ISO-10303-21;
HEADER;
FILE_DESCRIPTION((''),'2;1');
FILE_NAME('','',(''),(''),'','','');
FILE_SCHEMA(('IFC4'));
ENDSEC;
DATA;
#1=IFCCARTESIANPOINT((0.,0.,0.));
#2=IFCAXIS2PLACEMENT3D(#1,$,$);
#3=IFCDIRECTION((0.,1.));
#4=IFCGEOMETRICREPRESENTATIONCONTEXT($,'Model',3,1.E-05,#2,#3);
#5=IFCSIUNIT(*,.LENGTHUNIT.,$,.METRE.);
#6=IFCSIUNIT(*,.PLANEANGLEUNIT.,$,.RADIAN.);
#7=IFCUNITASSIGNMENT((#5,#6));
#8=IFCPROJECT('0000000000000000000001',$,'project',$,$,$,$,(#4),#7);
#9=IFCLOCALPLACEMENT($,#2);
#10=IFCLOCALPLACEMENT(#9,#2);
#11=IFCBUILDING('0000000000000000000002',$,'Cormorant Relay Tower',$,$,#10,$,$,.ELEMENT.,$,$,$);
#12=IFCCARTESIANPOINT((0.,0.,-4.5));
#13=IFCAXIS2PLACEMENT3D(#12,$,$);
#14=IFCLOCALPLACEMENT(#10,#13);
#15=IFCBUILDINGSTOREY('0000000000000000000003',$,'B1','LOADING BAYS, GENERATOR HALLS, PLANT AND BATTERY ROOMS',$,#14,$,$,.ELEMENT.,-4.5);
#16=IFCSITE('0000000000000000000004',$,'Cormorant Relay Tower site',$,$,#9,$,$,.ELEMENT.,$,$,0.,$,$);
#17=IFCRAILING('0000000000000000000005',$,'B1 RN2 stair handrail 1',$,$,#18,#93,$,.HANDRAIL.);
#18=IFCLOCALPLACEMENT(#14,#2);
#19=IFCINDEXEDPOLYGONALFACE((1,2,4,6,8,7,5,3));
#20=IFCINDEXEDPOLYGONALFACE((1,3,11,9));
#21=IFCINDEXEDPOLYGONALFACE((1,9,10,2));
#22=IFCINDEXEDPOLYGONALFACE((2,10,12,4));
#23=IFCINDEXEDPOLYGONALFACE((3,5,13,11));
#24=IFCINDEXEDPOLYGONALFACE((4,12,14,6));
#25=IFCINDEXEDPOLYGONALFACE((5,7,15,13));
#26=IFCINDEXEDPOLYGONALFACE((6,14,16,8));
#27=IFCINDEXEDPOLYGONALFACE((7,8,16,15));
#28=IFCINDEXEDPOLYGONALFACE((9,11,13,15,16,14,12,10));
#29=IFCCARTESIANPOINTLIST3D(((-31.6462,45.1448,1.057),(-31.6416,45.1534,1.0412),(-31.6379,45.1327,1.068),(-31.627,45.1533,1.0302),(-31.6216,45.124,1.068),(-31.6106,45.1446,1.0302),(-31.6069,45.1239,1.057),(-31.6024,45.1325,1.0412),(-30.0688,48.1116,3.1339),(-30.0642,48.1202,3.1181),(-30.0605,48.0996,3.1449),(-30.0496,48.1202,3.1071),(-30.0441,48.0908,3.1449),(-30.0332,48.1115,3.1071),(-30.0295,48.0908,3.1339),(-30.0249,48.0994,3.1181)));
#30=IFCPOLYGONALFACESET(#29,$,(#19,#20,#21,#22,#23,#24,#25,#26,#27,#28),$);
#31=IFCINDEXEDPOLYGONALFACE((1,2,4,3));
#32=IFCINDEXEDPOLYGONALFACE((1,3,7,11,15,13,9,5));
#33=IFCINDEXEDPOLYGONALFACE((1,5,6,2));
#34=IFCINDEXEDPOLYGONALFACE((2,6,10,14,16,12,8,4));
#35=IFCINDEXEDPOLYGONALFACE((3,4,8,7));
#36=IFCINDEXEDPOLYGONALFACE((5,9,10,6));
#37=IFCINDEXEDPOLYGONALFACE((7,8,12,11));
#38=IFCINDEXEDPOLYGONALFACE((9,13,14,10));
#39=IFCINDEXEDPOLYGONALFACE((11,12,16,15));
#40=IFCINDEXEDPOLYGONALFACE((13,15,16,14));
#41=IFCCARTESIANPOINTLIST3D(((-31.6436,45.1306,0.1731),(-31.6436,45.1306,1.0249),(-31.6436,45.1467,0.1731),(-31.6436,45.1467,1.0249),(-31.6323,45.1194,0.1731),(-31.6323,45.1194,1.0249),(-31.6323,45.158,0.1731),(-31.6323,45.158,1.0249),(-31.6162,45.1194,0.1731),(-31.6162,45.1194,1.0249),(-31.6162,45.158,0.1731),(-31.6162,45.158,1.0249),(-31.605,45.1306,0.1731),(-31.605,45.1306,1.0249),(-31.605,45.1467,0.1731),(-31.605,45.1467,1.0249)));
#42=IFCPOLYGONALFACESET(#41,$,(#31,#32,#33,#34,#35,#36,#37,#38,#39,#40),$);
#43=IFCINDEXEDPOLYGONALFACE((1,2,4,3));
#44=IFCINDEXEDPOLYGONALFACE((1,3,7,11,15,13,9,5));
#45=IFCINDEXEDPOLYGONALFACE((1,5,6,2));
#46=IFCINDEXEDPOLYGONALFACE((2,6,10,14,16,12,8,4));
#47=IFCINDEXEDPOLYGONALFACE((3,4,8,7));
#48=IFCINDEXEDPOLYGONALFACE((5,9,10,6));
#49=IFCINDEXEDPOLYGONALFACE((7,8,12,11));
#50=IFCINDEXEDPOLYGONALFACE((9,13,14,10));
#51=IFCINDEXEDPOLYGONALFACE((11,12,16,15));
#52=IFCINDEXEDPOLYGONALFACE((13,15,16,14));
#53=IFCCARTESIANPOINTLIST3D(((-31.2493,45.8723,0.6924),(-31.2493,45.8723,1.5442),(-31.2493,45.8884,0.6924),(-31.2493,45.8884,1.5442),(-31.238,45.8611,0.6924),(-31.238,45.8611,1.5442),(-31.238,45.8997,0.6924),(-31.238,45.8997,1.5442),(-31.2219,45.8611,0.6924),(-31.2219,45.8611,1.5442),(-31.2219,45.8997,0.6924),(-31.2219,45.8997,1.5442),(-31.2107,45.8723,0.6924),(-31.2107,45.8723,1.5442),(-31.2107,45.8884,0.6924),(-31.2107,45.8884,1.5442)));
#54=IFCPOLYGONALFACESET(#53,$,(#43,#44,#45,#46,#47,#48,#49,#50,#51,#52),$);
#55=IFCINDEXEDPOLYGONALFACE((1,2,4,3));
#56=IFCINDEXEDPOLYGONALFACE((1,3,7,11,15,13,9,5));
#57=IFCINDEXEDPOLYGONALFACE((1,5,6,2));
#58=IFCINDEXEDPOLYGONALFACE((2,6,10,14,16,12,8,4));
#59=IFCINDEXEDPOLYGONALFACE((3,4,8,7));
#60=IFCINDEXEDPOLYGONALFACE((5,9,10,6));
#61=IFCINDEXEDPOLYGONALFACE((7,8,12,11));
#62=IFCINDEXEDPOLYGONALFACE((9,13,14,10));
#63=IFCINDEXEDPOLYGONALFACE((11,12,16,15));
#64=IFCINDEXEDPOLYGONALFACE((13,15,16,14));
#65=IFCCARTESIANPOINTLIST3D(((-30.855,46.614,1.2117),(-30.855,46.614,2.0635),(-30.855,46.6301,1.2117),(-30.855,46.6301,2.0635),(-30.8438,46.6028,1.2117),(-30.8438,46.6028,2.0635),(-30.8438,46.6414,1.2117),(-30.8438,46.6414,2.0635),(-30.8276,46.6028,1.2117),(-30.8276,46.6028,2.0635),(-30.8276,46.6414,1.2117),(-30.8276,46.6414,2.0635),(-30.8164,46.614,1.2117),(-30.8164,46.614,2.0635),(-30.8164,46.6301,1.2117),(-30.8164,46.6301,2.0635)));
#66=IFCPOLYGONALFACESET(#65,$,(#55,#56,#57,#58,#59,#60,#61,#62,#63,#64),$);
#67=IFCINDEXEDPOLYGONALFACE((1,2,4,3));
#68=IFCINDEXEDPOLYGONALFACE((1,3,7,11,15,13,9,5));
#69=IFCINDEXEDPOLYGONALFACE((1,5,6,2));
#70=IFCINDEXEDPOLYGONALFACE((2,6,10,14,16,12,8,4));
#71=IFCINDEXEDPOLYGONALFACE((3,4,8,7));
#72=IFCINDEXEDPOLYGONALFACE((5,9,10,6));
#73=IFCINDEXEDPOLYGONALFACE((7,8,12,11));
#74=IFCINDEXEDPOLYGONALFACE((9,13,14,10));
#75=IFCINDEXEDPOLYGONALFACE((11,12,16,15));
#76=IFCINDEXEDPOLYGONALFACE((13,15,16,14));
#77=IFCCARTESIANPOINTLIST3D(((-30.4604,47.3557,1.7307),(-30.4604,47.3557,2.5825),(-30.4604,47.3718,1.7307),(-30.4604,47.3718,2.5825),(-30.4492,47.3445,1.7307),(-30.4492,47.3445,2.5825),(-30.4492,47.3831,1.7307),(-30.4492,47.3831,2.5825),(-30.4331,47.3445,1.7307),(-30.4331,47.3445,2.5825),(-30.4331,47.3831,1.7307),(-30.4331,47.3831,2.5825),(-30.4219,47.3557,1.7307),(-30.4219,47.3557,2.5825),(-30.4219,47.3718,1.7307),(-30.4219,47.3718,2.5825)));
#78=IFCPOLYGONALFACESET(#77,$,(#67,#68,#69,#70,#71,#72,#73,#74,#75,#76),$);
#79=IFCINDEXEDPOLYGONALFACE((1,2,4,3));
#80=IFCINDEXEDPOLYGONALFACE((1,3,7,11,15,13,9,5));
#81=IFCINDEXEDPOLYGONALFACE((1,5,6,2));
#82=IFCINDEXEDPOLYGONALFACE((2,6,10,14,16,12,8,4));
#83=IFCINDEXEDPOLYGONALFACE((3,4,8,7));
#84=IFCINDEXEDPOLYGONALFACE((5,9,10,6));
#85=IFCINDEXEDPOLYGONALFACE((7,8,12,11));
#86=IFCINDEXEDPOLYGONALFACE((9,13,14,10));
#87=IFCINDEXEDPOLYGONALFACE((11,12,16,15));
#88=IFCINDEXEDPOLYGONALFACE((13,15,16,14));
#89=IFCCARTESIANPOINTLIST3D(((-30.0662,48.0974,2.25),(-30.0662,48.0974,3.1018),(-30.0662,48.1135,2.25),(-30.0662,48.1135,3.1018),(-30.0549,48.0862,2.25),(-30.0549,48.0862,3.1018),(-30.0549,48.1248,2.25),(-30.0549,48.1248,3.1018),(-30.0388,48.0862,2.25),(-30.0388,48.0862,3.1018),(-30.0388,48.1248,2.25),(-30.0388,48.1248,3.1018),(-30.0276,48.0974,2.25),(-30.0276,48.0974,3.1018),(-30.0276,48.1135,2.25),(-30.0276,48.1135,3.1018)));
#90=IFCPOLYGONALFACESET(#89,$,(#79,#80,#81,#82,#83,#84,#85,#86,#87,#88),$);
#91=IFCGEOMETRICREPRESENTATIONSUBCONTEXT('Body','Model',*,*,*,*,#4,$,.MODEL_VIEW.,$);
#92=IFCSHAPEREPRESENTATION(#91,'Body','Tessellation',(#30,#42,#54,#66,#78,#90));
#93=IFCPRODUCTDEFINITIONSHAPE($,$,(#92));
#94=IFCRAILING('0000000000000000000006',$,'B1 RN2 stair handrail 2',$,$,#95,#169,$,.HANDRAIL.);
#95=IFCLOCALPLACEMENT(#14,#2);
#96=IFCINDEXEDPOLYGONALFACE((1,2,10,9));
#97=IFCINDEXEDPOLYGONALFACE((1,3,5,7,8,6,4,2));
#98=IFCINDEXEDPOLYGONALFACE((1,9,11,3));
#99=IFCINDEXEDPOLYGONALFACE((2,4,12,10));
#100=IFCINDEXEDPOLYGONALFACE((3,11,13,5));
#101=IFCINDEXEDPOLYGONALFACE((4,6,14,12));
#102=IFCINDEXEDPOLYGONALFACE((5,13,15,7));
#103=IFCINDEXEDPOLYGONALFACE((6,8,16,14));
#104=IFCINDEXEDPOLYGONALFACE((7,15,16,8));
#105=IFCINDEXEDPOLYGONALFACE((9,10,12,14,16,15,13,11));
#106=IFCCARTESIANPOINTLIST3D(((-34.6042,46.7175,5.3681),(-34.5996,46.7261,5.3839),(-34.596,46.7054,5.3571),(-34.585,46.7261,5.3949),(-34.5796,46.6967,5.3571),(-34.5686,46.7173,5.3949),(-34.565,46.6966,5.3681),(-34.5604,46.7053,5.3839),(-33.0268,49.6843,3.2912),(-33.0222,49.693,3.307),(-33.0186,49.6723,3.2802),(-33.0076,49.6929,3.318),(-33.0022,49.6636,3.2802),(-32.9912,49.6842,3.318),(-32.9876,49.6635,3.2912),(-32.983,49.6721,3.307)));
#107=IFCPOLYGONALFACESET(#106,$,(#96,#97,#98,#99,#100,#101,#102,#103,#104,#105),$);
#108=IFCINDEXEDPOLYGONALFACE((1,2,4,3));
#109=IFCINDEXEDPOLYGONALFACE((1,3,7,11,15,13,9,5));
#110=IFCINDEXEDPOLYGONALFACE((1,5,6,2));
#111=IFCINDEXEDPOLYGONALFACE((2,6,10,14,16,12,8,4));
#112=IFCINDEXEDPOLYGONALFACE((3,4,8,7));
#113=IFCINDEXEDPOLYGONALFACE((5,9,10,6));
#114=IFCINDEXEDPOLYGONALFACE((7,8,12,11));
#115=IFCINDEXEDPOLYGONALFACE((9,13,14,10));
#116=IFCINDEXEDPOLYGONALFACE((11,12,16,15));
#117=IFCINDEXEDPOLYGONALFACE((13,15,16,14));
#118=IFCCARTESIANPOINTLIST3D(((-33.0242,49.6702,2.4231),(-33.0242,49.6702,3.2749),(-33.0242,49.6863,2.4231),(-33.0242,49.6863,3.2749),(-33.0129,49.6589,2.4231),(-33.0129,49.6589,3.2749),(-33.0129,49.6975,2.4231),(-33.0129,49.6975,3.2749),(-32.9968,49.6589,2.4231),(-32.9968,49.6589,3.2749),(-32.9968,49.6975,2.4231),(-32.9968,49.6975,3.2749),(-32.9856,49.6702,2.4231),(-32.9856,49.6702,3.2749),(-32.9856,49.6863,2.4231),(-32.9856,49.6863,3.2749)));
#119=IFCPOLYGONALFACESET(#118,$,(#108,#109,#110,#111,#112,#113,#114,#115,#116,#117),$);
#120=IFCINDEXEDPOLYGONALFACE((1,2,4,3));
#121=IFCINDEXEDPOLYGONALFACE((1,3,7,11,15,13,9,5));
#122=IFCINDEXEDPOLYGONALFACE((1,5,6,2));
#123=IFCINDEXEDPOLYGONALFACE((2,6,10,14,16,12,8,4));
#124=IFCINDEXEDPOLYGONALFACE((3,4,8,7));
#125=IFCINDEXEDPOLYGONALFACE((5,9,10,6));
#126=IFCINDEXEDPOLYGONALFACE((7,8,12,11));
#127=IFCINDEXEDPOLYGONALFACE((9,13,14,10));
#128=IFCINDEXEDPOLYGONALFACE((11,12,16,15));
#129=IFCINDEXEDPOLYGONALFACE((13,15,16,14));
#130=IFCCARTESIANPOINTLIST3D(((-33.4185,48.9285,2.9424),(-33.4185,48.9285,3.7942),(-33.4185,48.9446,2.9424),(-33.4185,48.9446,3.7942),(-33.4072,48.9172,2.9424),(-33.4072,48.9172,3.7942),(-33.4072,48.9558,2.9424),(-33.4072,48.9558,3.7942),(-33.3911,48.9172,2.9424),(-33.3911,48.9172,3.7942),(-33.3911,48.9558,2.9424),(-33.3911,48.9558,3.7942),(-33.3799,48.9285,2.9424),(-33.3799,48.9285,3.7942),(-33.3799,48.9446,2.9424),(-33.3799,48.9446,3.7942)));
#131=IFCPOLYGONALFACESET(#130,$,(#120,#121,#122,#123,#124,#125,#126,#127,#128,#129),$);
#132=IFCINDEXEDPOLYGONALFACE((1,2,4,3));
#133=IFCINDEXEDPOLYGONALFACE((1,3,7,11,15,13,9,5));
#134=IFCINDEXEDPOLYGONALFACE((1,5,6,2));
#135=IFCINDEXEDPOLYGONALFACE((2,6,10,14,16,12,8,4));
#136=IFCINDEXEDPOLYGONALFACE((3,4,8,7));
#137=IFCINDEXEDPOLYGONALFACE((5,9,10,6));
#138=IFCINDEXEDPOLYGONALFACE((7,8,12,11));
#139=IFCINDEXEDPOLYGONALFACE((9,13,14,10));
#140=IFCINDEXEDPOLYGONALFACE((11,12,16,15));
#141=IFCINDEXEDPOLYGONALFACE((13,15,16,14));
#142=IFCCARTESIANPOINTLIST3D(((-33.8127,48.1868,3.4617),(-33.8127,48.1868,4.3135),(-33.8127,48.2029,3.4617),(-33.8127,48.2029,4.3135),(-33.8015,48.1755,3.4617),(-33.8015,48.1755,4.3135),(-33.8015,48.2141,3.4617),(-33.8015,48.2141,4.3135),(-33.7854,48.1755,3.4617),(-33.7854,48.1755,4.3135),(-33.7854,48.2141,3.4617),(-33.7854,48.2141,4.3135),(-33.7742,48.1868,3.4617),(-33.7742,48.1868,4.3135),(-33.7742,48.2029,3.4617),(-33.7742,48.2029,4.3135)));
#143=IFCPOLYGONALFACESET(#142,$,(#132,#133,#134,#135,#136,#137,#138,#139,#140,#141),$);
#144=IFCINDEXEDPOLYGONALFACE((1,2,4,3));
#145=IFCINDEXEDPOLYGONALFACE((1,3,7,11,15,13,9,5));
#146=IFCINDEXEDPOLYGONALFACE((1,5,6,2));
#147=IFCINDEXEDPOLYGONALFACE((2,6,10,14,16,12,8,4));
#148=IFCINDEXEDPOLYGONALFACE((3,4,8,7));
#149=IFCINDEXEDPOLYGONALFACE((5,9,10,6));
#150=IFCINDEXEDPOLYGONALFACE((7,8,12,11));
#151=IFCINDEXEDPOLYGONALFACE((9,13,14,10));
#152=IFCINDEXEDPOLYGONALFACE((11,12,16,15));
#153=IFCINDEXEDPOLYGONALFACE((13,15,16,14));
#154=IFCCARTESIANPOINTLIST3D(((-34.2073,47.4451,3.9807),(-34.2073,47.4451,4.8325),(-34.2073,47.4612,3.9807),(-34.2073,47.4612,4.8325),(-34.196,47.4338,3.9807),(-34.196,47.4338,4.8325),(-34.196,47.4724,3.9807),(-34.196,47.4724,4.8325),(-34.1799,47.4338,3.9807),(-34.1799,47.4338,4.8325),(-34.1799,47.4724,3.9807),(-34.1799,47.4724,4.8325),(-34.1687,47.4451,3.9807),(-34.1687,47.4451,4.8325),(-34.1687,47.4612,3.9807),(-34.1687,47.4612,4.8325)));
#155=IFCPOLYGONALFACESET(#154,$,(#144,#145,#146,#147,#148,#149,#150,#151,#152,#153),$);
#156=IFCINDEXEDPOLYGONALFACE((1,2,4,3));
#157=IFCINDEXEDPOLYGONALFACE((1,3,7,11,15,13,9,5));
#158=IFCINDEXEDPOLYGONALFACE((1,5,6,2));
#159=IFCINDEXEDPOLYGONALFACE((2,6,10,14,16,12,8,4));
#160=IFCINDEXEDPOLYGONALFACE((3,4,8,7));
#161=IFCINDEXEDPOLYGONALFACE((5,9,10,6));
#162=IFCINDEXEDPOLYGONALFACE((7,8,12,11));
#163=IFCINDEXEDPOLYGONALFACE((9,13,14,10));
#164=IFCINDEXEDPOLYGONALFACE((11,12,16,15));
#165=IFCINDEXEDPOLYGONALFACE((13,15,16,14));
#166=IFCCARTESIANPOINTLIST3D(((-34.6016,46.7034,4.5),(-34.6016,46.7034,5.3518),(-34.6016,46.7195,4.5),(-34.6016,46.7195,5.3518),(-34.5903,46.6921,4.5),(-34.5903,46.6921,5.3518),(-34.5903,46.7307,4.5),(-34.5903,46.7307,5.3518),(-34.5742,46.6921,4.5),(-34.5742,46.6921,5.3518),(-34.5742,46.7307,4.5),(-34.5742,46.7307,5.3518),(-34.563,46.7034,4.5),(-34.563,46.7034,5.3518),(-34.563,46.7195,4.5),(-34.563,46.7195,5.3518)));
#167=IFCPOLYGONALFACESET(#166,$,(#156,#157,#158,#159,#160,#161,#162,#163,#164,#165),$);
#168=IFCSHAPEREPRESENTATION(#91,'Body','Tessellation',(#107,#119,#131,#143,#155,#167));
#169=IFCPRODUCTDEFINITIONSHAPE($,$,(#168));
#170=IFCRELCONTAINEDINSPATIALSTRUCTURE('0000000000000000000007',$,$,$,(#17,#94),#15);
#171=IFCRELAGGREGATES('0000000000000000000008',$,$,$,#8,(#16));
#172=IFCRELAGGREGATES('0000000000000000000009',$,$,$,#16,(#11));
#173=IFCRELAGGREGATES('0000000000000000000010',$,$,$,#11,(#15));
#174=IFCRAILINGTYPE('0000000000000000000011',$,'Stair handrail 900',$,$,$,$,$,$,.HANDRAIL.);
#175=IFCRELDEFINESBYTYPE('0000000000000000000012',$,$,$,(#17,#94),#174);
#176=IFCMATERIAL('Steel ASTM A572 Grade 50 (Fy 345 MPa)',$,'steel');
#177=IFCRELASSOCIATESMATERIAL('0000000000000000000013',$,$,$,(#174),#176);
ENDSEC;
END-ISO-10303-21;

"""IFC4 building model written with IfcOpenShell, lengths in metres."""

from ifc_helpers import new_model, si_unit, direction, frame, origin, place, context, subcontext, project, spatial, polyline, outline, extrude, material, type_object, element, save


model = new_model("IFC4")

# Units and contexts
model_context = context("Model", 3, precision=1e-05, world=origin(), true_north=direction((0.0, 1.0)))
body_context = subcontext(model_context, "Body", "Model", "MODEL_VIEW")
ifc_project = project(units=[si_unit("LENGTHUNIT", "METRE"), si_unit("PLANEANGLEUNIT", "RADIAN")], contexts=[model_context])

# Site, building, storey
site_placement = place(None, origin())
site = spatial("IfcSite", under=ifc_project, at=site_placement, Name="Cormorant Relay Tower site", CompositionType="ELEMENT", RefElevation=0.0)
building_placement = place(site_placement, origin())
building = spatial("IfcBuilding", under=site, at=building_placement, Name="Cormorant Relay Tower", CompositionType="ELEMENT")
storey_placement = place(building_placement, frame((0.0, 0.0, -4.5)))
storey = spatial("IfcBuildingStorey", under=building, at=storey_placement, Name="B1", Description="LOADING BAYS, GENERATOR HALLS, PLANT AND BATTERY ROOMS", CompositionType="ELEMENT", Elevation=-4.5)

# Railings
ifc_material_1 = material(Name="Steel ASTM A572 Grade 50 (Fy 345 MPa)", Category="steel")
railing_type_1 = type_object("IfcRailingType", Name="Stair handrail 900", PredefinedType="HANDRAIL", material=ifc_material_1)
railing_1_placement = place(storey_placement, frame((-31.6243, 45.1387, 0.1731)))
element("IfcRailing", 1, at=railing_1_placement, inside=storey, type_object=railing_type_1, Name="B1 RN2 stair handrail 1", PredefinedType="HANDRAIL", context=body_context, shape_type="SweptSolid", body=[
    extrude(outline(polyline([(0.0222, 0.0093), (0.0093, 0.0222), (-0.0093, 0.0222), (-0.0222, 0.0093), (-0.0222, -0.0093), (-0.0093, -0.0222), (0.0093, -0.0222), (0.0222, -0.0093), (0.0222, 0.0093)])), frame((0.0, 0.0, 0.876), z_axis=(0.399326, 0.751062, 0.52578), x_axis=(-0.882958, 0.469453, 0.0)), (0.0, 0.0, 1.0), 3.9502),
    extrude(outline(polyline([(0.0193, 0.0081), (0.0081, 0.0193), (-0.0081, 0.0193), (-0.0193, 0.0081), (-0.0193, -0.0081), (-0.0081, -0.0193), (0.0081, -0.0193), (0.0193, -0.0081), (0.0193, 0.0081)])), origin(), (0.0, 0.0, 1.0), 0.8518),
    extrude(outline(polyline([(0.0193, 0.0081), (0.0081, 0.0193), (-0.0081, 0.0193), (-0.0193, 0.0081), (-0.0193, -0.0081), (-0.0081, -0.0193), (0.0081, -0.0193), (0.0193, -0.0081), (0.0193, 0.0081)])), frame((0.3943, 0.7417, 0.5193)), (0.0, 0.0, 1.0), 0.8518),
    extrude(outline(polyline([(0.0193, 0.0081), (0.0081, 0.0193), (-0.0081, 0.0193), (-0.0193, 0.0081), (-0.0193, -0.0081), (-0.0081, -0.0193), (0.0081, -0.0193), (0.0193, -0.0081), (0.0193, 0.0081)])), frame((0.7886, 1.4834, 1.0386)), (0.0, 0.0, 1.0), 0.8518),
    extrude(outline(polyline([(0.0193, 0.0081), (0.0081, 0.0193), (-0.0081, 0.0193), (-0.0193, 0.0081), (-0.0193, -0.0081), (-0.0081, -0.0193), (0.0081, -0.0193), (0.0193, -0.0081), (0.0193, 0.0081)])), frame((1.1831, 2.2251, 1.5576)), (0.0, 0.0, 1.0), 0.8518),
    extrude(outline(polyline([(0.0193, 0.0081), (0.0081, 0.0193), (-0.0081, 0.0193), (-0.0193, 0.0081), (-0.0193, -0.0081), (-0.0081, -0.0193), (0.0081, -0.0193), (0.0193, -0.0081), (0.0193, 0.0081)])), frame((1.5774, 2.9668, 2.0769)), (0.0, 0.0, 1.0), 0.8518),
])
railing_2_placement = place(storey_placement, frame((-33.0049, 49.6782, 2.4231)))
element("IfcRailing", 2, at=railing_2_placement, inside=storey, type_object=railing_type_1, Name="B1 RN2 stair handrail 2", PredefinedType="HANDRAIL", context=body_context, shape_type="SweptSolid", body=[
    extrude(outline(polyline([(0.0222, 0.0093), (0.0093, 0.0222), (-0.0093, 0.0222), (-0.0222, 0.0093), (-0.0222, -0.0093), (-0.0093, -0.0222), (0.0093, -0.0222), (0.0222, -0.0093), (0.0222, 0.0093)])), frame((0.0, 0.0, 0.876), z_axis=(-0.399326, -0.751062, 0.52578), x_axis=(0.882958, -0.469453, 0.0)), (0.0, 0.0, 1.0), 3.9502),
    extrude(outline(polyline([(0.0193, 0.0081), (0.0081, 0.0193), (-0.0081, 0.0193), (-0.0193, 0.0081), (-0.0193, -0.0081), (-0.0081, -0.0193), (0.0081, -0.0193), (0.0193, -0.0081), (0.0193, 0.0081)])), origin(), (0.0, 0.0, 1.0), 0.8518),
    extrude(outline(polyline([(0.0193, 0.0081), (0.0081, 0.0193), (-0.0081, 0.0193), (-0.0193, 0.0081), (-0.0193, -0.0081), (-0.0081, -0.0193), (0.0081, -0.0193), (0.0193, -0.0081), (0.0193, 0.0081)])), frame((-0.3943, -0.7417, 0.5193)), (0.0, 0.0, 1.0), 0.8518),
    extrude(outline(polyline([(0.0193, 0.0081), (0.0081, 0.0193), (-0.0081, 0.0193), (-0.0193, 0.0081), (-0.0193, -0.0081), (-0.0081, -0.0193), (0.0081, -0.0193), (0.0193, -0.0081), (0.0193, 0.0081)])), frame((-0.7886, -1.4834, 1.0386)), (0.0, 0.0, 1.0), 0.8518),
    extrude(outline(polyline([(0.0193, 0.0081), (0.0081, 0.0193), (-0.0081, 0.0193), (-0.0193, 0.0081), (-0.0193, -0.0081), (-0.0081, -0.0193), (0.0081, -0.0193), (0.0193, -0.0081), (0.0193, 0.0081)])), frame((-1.1831, -2.2251, 1.5576)), (0.0, 0.0, 1.0), 0.8518),
    extrude(outline(polyline([(0.0193, 0.0081), (0.0081, 0.0193), (-0.0081, 0.0193), (-0.0193, 0.0081), (-0.0193, -0.0081), (-0.0081, -0.0193), (0.0081, -0.0193), (0.0193, -0.0081), (0.0193, 0.0081)])), frame((-1.5774, -2.9668, 2.0769)), (0.0, 0.0, 1.0), 0.8518),
])

save(model, "model.ifc")
